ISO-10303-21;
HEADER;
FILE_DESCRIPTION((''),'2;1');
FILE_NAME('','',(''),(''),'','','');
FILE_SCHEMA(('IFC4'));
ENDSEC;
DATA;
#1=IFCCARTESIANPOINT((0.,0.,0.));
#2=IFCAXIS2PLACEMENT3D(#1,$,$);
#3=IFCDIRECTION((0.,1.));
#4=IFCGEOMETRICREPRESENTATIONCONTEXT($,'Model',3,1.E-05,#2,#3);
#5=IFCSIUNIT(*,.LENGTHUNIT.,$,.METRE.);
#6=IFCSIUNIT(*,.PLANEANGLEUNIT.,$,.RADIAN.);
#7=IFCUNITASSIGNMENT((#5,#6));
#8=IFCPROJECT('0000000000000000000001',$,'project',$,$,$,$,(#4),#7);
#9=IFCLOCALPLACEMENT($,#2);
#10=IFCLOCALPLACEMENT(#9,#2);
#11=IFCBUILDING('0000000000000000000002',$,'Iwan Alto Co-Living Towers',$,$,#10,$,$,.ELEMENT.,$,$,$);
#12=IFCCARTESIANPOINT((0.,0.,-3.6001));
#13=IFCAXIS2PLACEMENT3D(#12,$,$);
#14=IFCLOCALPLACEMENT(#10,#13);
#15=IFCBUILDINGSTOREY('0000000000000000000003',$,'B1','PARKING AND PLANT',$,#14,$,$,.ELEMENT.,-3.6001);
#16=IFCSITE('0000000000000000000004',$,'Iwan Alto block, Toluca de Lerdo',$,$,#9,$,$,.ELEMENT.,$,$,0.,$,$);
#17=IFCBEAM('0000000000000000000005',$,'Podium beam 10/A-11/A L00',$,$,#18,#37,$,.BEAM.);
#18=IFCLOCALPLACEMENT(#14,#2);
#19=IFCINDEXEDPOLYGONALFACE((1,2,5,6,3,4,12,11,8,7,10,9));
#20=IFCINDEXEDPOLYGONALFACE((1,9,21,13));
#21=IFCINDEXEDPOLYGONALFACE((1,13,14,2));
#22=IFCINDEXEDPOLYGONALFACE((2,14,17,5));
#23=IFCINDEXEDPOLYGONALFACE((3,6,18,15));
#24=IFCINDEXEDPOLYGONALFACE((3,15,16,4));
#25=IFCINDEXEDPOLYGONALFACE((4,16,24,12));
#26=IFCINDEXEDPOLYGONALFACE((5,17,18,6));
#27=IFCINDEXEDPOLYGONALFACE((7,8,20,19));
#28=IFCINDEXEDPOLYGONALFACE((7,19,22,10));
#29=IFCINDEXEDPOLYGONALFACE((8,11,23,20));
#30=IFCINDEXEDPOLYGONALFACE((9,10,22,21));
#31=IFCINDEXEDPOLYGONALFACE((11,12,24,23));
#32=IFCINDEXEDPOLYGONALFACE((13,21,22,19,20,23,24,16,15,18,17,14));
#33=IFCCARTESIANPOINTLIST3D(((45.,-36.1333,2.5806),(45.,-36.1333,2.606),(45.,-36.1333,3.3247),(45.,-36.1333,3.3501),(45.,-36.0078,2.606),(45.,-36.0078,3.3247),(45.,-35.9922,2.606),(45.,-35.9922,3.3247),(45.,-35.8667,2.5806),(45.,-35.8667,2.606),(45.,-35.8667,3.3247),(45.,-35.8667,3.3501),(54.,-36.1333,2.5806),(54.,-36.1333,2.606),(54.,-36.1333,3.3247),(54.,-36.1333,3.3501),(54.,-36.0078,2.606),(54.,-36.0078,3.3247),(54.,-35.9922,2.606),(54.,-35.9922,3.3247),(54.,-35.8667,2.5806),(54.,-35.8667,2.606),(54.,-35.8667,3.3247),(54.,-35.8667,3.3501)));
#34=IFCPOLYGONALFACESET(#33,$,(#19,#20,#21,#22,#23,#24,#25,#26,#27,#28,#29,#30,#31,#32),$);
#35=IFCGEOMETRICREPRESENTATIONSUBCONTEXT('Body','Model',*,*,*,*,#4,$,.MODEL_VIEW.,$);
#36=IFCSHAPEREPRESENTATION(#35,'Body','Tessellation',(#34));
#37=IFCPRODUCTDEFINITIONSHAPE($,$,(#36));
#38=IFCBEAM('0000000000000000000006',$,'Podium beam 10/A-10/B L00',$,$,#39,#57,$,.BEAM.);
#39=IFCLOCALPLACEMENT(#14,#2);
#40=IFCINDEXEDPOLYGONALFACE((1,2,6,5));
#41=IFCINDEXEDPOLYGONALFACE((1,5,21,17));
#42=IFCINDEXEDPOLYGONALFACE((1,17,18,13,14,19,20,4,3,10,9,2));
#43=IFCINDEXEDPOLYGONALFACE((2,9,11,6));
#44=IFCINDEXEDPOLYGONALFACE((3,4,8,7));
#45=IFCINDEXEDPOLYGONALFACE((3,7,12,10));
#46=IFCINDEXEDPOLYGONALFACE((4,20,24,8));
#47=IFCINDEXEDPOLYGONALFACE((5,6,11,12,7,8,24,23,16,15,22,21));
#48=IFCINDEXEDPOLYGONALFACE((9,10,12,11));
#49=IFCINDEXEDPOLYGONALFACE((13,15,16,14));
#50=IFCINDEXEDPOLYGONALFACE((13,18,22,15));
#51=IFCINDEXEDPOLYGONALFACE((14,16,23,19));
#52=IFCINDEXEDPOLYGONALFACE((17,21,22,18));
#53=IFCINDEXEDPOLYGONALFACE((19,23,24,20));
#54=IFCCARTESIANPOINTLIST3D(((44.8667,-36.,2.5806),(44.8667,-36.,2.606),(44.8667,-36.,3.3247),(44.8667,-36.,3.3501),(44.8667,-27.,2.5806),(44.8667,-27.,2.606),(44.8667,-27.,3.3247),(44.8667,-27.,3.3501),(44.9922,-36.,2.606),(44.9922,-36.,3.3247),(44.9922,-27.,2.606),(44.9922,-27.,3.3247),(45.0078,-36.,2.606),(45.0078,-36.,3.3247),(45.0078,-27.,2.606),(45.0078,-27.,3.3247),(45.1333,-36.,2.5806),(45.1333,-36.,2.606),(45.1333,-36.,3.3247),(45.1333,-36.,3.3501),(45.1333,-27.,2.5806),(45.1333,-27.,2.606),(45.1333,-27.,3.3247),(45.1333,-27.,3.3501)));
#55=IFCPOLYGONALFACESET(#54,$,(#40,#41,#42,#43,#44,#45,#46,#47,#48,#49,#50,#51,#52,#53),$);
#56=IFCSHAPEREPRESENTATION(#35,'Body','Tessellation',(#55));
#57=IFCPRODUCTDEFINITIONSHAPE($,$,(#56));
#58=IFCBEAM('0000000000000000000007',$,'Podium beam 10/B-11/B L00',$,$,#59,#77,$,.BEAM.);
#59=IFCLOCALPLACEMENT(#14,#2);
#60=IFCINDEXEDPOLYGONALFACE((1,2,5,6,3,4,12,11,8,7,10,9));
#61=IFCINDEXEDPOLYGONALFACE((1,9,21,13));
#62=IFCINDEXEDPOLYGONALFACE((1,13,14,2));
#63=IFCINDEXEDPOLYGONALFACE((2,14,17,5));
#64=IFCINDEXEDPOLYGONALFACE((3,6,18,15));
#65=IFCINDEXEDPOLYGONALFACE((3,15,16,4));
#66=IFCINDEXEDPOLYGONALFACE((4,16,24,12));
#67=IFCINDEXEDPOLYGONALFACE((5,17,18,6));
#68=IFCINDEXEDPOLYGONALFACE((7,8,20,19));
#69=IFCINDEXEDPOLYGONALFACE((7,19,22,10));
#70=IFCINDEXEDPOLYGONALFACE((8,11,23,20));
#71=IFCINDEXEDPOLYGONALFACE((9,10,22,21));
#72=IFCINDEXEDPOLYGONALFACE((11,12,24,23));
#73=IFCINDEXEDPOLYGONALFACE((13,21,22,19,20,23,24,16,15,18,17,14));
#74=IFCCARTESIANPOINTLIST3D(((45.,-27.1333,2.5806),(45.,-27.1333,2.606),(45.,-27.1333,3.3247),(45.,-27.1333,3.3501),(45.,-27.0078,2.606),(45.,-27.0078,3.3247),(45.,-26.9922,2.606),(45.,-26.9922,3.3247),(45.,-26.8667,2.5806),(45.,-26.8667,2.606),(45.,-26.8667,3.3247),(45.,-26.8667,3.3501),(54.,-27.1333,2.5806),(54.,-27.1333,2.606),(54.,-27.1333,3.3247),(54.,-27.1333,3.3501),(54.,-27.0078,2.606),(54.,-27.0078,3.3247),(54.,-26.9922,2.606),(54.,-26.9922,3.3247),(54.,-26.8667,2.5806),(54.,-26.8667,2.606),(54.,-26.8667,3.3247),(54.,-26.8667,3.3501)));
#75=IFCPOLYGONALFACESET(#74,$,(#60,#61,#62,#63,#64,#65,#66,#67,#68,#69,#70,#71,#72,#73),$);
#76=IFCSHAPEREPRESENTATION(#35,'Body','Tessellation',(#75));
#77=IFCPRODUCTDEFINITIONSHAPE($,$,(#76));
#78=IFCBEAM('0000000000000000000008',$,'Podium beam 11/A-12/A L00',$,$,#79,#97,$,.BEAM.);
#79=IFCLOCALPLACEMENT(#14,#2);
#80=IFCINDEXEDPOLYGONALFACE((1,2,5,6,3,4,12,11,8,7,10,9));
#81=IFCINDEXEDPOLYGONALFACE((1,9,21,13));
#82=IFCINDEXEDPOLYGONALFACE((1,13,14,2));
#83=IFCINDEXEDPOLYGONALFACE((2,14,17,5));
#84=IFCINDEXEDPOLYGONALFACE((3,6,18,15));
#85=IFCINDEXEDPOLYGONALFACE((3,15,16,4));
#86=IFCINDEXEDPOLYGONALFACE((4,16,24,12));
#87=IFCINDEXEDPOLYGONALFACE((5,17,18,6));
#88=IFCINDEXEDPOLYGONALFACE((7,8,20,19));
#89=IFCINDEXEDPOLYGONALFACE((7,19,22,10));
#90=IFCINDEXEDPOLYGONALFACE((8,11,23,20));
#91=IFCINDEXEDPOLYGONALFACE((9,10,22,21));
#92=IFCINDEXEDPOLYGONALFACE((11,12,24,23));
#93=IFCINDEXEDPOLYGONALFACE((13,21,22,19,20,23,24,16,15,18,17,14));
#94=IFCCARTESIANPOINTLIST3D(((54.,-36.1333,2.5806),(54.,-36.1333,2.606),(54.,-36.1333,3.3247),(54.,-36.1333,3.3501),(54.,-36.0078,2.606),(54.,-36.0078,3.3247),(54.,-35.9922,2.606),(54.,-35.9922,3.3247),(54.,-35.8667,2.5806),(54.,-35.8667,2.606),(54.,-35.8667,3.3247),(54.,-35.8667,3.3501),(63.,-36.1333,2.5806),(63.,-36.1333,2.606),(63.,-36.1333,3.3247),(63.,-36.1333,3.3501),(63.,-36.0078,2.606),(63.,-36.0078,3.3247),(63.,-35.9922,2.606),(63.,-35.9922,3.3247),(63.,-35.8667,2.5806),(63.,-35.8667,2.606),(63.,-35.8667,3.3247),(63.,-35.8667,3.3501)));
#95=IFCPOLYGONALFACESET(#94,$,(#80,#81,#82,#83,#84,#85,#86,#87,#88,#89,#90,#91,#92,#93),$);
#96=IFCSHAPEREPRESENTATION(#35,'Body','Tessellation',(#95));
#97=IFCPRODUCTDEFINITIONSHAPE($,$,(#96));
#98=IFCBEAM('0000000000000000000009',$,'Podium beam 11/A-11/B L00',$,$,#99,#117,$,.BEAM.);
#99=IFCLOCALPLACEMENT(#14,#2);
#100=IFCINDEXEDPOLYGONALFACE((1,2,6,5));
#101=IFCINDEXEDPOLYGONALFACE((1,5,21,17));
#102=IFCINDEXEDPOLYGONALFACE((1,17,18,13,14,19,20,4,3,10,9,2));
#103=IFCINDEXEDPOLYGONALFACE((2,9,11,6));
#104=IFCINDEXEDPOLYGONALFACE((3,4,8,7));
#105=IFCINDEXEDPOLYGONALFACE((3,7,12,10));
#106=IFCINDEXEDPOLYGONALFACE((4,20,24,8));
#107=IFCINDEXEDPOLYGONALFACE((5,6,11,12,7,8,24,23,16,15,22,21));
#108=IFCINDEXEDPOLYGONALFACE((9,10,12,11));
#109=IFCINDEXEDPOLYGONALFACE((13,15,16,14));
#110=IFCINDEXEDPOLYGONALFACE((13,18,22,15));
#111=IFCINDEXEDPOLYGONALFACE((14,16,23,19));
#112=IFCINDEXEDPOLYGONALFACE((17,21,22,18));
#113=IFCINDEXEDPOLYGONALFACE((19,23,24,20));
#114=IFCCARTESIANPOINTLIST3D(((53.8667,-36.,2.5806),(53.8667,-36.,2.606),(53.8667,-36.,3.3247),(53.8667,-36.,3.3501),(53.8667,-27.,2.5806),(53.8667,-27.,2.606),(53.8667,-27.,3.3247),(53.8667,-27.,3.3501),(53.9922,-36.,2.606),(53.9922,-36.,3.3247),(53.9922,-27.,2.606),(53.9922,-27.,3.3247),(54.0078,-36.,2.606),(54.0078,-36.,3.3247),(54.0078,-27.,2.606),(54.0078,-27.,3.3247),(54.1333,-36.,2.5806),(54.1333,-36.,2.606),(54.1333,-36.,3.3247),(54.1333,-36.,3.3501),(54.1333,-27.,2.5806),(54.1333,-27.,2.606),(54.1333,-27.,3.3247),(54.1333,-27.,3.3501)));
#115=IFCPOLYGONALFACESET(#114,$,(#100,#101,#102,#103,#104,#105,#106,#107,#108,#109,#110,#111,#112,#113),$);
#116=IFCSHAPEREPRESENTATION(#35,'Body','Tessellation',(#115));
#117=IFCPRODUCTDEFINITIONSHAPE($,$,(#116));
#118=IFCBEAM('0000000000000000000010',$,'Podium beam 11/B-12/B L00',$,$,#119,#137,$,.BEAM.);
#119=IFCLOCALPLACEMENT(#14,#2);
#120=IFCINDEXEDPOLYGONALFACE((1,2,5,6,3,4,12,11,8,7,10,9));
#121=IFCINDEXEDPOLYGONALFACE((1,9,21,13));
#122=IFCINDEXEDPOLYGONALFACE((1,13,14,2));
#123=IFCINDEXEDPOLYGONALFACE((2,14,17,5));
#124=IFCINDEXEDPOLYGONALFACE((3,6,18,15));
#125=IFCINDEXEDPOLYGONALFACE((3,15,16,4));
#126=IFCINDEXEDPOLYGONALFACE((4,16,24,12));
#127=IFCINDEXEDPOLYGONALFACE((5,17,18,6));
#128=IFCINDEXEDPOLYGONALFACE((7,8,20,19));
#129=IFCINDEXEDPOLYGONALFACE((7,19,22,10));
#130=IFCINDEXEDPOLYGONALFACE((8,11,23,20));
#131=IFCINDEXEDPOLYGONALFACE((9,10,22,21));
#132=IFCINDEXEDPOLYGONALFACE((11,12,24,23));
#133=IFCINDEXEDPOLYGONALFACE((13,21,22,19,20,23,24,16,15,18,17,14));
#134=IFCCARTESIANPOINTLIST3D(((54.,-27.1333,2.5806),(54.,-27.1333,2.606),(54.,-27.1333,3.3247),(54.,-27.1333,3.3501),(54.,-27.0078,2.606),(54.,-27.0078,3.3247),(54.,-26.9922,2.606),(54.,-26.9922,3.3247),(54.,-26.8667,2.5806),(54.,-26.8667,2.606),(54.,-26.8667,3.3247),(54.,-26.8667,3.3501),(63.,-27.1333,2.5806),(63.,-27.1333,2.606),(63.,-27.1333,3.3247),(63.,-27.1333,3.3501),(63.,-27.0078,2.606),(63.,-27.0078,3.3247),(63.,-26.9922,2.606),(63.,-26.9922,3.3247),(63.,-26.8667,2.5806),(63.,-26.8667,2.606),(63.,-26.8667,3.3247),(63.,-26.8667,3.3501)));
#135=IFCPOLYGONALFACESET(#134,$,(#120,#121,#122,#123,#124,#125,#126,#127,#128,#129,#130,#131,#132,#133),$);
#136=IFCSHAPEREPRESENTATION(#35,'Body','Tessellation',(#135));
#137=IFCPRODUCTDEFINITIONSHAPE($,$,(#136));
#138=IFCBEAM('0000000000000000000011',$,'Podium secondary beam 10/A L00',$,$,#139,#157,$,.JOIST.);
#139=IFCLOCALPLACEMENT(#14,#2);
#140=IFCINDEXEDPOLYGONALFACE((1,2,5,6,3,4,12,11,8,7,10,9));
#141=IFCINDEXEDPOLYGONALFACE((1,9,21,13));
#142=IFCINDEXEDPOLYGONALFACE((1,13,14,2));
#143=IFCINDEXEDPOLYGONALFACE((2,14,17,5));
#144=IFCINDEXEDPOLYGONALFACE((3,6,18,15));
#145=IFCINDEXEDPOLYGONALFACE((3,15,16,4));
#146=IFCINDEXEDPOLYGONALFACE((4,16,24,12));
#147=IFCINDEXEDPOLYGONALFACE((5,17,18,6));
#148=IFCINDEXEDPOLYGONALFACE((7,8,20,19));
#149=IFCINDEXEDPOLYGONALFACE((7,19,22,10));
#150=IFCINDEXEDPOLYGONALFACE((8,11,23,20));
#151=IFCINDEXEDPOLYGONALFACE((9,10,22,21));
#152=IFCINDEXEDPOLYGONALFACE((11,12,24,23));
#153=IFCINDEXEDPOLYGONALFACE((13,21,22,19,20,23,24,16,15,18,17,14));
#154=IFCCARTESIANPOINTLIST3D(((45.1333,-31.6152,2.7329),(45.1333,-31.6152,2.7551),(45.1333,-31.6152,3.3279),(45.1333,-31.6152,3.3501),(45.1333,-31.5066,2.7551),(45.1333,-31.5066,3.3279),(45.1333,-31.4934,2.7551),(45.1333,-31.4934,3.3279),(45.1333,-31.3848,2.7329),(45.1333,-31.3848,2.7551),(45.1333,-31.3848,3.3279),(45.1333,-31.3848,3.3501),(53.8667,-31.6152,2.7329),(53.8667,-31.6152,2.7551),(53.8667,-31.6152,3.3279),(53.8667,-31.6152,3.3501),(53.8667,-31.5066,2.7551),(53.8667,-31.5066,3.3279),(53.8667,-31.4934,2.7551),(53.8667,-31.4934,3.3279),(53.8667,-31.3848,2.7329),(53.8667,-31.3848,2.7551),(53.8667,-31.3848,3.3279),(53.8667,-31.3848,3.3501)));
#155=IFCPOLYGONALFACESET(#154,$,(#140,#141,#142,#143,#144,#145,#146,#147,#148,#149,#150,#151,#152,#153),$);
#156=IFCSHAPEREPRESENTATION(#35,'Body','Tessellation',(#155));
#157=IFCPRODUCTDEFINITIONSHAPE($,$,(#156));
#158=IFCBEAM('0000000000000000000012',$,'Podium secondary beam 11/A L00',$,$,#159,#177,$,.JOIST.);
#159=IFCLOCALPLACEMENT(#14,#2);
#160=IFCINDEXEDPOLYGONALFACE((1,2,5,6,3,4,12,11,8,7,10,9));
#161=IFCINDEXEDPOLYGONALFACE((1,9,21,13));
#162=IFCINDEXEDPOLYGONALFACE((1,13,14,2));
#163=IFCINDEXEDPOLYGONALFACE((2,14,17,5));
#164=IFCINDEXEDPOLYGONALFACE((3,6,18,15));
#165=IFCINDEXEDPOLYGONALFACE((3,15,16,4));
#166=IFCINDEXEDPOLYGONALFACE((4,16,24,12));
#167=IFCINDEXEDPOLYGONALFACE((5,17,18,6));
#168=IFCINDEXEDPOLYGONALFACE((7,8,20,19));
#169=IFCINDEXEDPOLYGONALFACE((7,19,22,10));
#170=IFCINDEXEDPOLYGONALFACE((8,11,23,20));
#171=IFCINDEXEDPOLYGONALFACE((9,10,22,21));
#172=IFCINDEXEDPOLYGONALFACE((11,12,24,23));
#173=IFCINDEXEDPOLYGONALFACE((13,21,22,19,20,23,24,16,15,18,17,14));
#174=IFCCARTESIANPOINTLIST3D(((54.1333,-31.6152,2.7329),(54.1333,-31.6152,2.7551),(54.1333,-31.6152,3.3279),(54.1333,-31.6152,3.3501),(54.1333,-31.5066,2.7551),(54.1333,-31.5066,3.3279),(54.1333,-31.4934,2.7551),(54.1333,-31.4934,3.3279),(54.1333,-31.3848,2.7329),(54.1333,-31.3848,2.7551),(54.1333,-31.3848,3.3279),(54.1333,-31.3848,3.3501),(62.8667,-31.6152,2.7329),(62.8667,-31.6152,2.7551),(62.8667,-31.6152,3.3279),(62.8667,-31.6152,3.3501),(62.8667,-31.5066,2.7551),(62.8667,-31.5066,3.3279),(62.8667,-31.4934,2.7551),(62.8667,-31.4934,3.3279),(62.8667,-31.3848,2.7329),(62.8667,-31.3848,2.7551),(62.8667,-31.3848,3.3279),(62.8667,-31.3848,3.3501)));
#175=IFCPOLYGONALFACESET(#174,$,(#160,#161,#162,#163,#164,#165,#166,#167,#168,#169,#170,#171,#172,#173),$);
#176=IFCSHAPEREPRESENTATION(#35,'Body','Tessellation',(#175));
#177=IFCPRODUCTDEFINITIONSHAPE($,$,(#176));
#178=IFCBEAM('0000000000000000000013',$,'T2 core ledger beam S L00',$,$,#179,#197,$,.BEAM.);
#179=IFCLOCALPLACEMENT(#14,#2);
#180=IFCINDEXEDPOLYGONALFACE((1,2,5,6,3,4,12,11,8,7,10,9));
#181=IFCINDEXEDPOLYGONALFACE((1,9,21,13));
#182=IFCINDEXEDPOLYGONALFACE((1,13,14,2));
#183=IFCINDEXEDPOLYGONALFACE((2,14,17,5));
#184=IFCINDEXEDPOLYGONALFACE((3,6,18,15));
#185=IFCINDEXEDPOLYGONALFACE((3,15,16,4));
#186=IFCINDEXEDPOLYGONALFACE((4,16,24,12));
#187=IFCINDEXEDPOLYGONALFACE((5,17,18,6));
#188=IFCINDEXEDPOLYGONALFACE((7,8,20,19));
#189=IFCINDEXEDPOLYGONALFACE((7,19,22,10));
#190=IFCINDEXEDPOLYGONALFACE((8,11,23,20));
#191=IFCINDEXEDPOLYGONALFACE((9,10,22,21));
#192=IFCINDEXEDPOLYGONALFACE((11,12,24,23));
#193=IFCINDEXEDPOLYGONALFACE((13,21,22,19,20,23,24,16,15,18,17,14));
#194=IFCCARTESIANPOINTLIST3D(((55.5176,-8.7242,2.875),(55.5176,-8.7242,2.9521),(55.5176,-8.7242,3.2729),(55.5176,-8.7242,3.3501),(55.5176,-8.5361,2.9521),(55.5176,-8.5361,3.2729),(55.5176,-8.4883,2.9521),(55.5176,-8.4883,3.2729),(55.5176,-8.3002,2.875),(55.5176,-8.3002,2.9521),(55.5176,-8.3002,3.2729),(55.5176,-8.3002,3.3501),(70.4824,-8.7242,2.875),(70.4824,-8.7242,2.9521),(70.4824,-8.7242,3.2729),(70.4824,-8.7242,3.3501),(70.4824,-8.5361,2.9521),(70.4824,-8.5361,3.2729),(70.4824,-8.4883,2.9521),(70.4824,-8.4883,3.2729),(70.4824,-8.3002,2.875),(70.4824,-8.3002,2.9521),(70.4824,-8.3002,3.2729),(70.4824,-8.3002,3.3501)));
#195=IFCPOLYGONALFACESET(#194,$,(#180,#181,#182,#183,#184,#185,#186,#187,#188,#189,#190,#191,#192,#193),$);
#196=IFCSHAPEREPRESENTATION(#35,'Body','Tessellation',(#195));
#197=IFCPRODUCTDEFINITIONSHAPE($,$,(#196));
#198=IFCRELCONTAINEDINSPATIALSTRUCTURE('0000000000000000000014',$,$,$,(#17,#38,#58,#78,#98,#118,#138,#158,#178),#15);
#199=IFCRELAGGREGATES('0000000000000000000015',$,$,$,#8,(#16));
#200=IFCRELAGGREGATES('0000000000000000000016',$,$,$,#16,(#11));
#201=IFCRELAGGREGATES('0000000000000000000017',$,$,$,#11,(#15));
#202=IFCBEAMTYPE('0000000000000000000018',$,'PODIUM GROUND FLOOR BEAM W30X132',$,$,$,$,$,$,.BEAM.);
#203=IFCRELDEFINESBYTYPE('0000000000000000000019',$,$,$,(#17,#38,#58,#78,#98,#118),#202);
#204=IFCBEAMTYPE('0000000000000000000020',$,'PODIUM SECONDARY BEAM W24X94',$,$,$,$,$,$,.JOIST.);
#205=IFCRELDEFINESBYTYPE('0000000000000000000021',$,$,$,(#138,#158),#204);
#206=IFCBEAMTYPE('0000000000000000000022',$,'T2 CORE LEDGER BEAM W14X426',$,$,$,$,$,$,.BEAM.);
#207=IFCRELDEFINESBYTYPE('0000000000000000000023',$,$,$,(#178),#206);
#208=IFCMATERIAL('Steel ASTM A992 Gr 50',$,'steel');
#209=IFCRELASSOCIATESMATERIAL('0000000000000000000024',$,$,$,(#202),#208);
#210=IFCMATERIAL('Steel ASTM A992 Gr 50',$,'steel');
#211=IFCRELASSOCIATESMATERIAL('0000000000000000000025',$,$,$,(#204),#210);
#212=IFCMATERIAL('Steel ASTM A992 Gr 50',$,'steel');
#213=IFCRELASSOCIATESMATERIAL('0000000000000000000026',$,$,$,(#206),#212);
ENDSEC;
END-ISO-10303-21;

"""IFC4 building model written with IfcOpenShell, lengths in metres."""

from ifc_helpers import new_model, si_unit, direction, frame, origin, origin_2d, place, context, subcontext, project, spatial, i_section, extrude, material, material_profile, profile_set, type_object, element, save


model = new_model("IFC4")

# Units and contexts
model_context = context("Model", 3, precision=1e-05, world=origin(), true_north=direction((0.0, 1.0)))
body_context = subcontext(model_context, "Body", "Model", "MODEL_VIEW")
ifc_project = project(units=[si_unit("LENGTHUNIT", "METRE"), si_unit("PLANEANGLEUNIT", "RADIAN")], contexts=[model_context])

# Site, building, storey
site_placement = place(None, origin())
site = spatial("IfcSite", under=ifc_project, at=site_placement, Name="Iwan Alto block, Toluca de Lerdo", CompositionType="ELEMENT", RefElevation=0.0)
building_placement = place(site_placement, origin())
building = spatial("IfcBuilding", under=site, at=building_placement, Name="Iwan Alto Co-Living Towers", CompositionType="ELEMENT")
storey_placement = place(building_placement, frame((0.0, 0.0, -3.6001)))
storey = spatial("IfcBuildingStorey", under=building, at=storey_placement, Name="B1", Description="PARKING AND PLANT", CompositionType="ELEMENT", Elevation=-3.6001)

# Beams
ifc_material_1 = material(Name="Steel ASTM A992 Gr 50", Category="steel")
ifc_material_profile_1 = material_profile(ifc_material_1, i_section(OverallWidth=0.2666, OverallDepth=0.7695, WebThickness=0.0156, FlangeThickness=0.0254, at=origin_2d()), Name="W30X132")
ifc_profile_set_1 = profile_set([ifc_material_profile_1], Name="Steel ASTM A992 Gr 50")
beam_type_1 = type_object("IfcBeamType", Name="PODIUM GROUND FLOOR BEAM W30X132", PredefinedType="BEAM", material=ifc_profile_set_1)
for number, where, z_axis, x_axis, name in (
    (1, (45.0, -36.0, 2.9653), (1.0, 0.0, 0.0), (0.0, 1.0, 0.0), "Podium beam 10/A-11/A L00"),
    (2, (45.0, -36.0, 2.9653), (0.0, 1.0, 0.0), (-1.0, 0.0, 0.0), "Podium beam 10/A-10/B L00"),
    (3, (45.0, -27.0, 2.9653), (1.0, 0.0, 0.0), (0.0, 1.0, 0.0), "Podium beam 10/B-11/B L00"),
    (4, (54.0, -36.0, 2.9653), (1.0, 0.0, 0.0), (0.0, 1.0, 0.0), "Podium beam 11/A-12/A L00"),
    (5, (54.0, -36.0, 2.9653), (0.0, 1.0, 0.0), (-1.0, 0.0, 0.0), "Podium beam 11/A-11/B L00"),
    (6, (54.0, -27.0, 2.9653), (1.0, 0.0, 0.0), (0.0, 1.0, 0.0), "Podium beam 11/B-12/B L00"),
):
    element("IfcBeam", number, at=place(storey_placement, frame(where, z_axis=z_axis, x_axis=x_axis)), inside=storey, type_object=beam_type_1, Name=name, PredefinedType="BEAM", context=body_context, shape_type="SweptSolid", body=[
        extrude(i_section(OverallWidth=0.2666, OverallDepth=0.7695, WebThickness=0.0156, FlangeThickness=0.0254, at=origin_2d()), origin(), (0.0, 0.0, 1.0), 9.0),
    ])
ifc_material_2 = material(Name="Steel ASTM A992 Gr 50", Category="steel")
ifc_material_profile_2 = material_profile(ifc_material_2, i_section(OverallWidth=0.2305, OverallDepth=0.6172, WebThickness=0.0132, FlangeThickness=0.0222, at=origin_2d()), Name="W24X94")
ifc_profile_set_2 = profile_set([ifc_material_profile_2], Name="Steel ASTM A992 Gr 50")
beam_type_2 = type_object("IfcBeamType", Name="PODIUM SECONDARY BEAM W24X94", PredefinedType="JOIST", material=ifc_profile_set_2)
for number, where, z_axis, x_axis, name in (
    (7, (45.1333, -31.5, 3.0415), (1.0, 0.0, 0.0), (0.0, 1.0, 0.0), "Podium secondary beam 10/A L00"),
    (8, (54.1333, -31.5, 3.0415), (1.0, 0.0, 0.0), (0.0, 1.0, 0.0), "Podium secondary beam 11/A L00"),
):
    element("IfcBeam", number, at=place(storey_placement, frame(where, z_axis=z_axis, x_axis=x_axis)), inside=storey, type_object=beam_type_2, Name=name, PredefinedType="JOIST", context=body_context, shape_type="SweptSolid", body=[
        extrude(i_section(OverallWidth=0.2305, OverallDepth=0.6172, WebThickness=0.0132, FlangeThickness=0.0222, at=origin_2d()), origin(), (0.0, 0.0, 1.0), 8.7334),
    ])
ifc_material_3 = material(Name="Steel ASTM A992 Gr 50", Category="steel")
ifc_material_profile_3 = material_profile(ifc_material_3, i_section(OverallWidth=0.4241, OverallDepth=0.4751, WebThickness=0.0479, FlangeThickness=0.0771, at=origin_2d()), Name="W14X426")
ifc_profile_set_3 = profile_set([ifc_material_profile_3], Name="Steel ASTM A992 Gr 50")
beam_type_3 = type_object("IfcBeamType", Name="T2 CORE LEDGER BEAM W14X426", PredefinedType="BEAM", material=ifc_profile_set_3)
beam_1_placement = place(storey_placement, frame((55.5176, -8.5122, 3.1125), z_axis=(1.0, 0.0, 0.0), x_axis=(0.0, 1.0, 0.0)))
element("IfcBeam", 9, at=beam_1_placement, inside=storey, type_object=beam_type_3, Name="T2 core ledger beam S L00", PredefinedType="BEAM", context=body_context, shape_type="SweptSolid", body=[
    extrude(i_section(OverallWidth=0.4241, OverallDepth=0.4751, WebThickness=0.0479, FlangeThickness=0.0771, at=origin_2d()), origin(), (0.0, 0.0, 1.0), 14.9648),
])

save(model, "model.ifc")
